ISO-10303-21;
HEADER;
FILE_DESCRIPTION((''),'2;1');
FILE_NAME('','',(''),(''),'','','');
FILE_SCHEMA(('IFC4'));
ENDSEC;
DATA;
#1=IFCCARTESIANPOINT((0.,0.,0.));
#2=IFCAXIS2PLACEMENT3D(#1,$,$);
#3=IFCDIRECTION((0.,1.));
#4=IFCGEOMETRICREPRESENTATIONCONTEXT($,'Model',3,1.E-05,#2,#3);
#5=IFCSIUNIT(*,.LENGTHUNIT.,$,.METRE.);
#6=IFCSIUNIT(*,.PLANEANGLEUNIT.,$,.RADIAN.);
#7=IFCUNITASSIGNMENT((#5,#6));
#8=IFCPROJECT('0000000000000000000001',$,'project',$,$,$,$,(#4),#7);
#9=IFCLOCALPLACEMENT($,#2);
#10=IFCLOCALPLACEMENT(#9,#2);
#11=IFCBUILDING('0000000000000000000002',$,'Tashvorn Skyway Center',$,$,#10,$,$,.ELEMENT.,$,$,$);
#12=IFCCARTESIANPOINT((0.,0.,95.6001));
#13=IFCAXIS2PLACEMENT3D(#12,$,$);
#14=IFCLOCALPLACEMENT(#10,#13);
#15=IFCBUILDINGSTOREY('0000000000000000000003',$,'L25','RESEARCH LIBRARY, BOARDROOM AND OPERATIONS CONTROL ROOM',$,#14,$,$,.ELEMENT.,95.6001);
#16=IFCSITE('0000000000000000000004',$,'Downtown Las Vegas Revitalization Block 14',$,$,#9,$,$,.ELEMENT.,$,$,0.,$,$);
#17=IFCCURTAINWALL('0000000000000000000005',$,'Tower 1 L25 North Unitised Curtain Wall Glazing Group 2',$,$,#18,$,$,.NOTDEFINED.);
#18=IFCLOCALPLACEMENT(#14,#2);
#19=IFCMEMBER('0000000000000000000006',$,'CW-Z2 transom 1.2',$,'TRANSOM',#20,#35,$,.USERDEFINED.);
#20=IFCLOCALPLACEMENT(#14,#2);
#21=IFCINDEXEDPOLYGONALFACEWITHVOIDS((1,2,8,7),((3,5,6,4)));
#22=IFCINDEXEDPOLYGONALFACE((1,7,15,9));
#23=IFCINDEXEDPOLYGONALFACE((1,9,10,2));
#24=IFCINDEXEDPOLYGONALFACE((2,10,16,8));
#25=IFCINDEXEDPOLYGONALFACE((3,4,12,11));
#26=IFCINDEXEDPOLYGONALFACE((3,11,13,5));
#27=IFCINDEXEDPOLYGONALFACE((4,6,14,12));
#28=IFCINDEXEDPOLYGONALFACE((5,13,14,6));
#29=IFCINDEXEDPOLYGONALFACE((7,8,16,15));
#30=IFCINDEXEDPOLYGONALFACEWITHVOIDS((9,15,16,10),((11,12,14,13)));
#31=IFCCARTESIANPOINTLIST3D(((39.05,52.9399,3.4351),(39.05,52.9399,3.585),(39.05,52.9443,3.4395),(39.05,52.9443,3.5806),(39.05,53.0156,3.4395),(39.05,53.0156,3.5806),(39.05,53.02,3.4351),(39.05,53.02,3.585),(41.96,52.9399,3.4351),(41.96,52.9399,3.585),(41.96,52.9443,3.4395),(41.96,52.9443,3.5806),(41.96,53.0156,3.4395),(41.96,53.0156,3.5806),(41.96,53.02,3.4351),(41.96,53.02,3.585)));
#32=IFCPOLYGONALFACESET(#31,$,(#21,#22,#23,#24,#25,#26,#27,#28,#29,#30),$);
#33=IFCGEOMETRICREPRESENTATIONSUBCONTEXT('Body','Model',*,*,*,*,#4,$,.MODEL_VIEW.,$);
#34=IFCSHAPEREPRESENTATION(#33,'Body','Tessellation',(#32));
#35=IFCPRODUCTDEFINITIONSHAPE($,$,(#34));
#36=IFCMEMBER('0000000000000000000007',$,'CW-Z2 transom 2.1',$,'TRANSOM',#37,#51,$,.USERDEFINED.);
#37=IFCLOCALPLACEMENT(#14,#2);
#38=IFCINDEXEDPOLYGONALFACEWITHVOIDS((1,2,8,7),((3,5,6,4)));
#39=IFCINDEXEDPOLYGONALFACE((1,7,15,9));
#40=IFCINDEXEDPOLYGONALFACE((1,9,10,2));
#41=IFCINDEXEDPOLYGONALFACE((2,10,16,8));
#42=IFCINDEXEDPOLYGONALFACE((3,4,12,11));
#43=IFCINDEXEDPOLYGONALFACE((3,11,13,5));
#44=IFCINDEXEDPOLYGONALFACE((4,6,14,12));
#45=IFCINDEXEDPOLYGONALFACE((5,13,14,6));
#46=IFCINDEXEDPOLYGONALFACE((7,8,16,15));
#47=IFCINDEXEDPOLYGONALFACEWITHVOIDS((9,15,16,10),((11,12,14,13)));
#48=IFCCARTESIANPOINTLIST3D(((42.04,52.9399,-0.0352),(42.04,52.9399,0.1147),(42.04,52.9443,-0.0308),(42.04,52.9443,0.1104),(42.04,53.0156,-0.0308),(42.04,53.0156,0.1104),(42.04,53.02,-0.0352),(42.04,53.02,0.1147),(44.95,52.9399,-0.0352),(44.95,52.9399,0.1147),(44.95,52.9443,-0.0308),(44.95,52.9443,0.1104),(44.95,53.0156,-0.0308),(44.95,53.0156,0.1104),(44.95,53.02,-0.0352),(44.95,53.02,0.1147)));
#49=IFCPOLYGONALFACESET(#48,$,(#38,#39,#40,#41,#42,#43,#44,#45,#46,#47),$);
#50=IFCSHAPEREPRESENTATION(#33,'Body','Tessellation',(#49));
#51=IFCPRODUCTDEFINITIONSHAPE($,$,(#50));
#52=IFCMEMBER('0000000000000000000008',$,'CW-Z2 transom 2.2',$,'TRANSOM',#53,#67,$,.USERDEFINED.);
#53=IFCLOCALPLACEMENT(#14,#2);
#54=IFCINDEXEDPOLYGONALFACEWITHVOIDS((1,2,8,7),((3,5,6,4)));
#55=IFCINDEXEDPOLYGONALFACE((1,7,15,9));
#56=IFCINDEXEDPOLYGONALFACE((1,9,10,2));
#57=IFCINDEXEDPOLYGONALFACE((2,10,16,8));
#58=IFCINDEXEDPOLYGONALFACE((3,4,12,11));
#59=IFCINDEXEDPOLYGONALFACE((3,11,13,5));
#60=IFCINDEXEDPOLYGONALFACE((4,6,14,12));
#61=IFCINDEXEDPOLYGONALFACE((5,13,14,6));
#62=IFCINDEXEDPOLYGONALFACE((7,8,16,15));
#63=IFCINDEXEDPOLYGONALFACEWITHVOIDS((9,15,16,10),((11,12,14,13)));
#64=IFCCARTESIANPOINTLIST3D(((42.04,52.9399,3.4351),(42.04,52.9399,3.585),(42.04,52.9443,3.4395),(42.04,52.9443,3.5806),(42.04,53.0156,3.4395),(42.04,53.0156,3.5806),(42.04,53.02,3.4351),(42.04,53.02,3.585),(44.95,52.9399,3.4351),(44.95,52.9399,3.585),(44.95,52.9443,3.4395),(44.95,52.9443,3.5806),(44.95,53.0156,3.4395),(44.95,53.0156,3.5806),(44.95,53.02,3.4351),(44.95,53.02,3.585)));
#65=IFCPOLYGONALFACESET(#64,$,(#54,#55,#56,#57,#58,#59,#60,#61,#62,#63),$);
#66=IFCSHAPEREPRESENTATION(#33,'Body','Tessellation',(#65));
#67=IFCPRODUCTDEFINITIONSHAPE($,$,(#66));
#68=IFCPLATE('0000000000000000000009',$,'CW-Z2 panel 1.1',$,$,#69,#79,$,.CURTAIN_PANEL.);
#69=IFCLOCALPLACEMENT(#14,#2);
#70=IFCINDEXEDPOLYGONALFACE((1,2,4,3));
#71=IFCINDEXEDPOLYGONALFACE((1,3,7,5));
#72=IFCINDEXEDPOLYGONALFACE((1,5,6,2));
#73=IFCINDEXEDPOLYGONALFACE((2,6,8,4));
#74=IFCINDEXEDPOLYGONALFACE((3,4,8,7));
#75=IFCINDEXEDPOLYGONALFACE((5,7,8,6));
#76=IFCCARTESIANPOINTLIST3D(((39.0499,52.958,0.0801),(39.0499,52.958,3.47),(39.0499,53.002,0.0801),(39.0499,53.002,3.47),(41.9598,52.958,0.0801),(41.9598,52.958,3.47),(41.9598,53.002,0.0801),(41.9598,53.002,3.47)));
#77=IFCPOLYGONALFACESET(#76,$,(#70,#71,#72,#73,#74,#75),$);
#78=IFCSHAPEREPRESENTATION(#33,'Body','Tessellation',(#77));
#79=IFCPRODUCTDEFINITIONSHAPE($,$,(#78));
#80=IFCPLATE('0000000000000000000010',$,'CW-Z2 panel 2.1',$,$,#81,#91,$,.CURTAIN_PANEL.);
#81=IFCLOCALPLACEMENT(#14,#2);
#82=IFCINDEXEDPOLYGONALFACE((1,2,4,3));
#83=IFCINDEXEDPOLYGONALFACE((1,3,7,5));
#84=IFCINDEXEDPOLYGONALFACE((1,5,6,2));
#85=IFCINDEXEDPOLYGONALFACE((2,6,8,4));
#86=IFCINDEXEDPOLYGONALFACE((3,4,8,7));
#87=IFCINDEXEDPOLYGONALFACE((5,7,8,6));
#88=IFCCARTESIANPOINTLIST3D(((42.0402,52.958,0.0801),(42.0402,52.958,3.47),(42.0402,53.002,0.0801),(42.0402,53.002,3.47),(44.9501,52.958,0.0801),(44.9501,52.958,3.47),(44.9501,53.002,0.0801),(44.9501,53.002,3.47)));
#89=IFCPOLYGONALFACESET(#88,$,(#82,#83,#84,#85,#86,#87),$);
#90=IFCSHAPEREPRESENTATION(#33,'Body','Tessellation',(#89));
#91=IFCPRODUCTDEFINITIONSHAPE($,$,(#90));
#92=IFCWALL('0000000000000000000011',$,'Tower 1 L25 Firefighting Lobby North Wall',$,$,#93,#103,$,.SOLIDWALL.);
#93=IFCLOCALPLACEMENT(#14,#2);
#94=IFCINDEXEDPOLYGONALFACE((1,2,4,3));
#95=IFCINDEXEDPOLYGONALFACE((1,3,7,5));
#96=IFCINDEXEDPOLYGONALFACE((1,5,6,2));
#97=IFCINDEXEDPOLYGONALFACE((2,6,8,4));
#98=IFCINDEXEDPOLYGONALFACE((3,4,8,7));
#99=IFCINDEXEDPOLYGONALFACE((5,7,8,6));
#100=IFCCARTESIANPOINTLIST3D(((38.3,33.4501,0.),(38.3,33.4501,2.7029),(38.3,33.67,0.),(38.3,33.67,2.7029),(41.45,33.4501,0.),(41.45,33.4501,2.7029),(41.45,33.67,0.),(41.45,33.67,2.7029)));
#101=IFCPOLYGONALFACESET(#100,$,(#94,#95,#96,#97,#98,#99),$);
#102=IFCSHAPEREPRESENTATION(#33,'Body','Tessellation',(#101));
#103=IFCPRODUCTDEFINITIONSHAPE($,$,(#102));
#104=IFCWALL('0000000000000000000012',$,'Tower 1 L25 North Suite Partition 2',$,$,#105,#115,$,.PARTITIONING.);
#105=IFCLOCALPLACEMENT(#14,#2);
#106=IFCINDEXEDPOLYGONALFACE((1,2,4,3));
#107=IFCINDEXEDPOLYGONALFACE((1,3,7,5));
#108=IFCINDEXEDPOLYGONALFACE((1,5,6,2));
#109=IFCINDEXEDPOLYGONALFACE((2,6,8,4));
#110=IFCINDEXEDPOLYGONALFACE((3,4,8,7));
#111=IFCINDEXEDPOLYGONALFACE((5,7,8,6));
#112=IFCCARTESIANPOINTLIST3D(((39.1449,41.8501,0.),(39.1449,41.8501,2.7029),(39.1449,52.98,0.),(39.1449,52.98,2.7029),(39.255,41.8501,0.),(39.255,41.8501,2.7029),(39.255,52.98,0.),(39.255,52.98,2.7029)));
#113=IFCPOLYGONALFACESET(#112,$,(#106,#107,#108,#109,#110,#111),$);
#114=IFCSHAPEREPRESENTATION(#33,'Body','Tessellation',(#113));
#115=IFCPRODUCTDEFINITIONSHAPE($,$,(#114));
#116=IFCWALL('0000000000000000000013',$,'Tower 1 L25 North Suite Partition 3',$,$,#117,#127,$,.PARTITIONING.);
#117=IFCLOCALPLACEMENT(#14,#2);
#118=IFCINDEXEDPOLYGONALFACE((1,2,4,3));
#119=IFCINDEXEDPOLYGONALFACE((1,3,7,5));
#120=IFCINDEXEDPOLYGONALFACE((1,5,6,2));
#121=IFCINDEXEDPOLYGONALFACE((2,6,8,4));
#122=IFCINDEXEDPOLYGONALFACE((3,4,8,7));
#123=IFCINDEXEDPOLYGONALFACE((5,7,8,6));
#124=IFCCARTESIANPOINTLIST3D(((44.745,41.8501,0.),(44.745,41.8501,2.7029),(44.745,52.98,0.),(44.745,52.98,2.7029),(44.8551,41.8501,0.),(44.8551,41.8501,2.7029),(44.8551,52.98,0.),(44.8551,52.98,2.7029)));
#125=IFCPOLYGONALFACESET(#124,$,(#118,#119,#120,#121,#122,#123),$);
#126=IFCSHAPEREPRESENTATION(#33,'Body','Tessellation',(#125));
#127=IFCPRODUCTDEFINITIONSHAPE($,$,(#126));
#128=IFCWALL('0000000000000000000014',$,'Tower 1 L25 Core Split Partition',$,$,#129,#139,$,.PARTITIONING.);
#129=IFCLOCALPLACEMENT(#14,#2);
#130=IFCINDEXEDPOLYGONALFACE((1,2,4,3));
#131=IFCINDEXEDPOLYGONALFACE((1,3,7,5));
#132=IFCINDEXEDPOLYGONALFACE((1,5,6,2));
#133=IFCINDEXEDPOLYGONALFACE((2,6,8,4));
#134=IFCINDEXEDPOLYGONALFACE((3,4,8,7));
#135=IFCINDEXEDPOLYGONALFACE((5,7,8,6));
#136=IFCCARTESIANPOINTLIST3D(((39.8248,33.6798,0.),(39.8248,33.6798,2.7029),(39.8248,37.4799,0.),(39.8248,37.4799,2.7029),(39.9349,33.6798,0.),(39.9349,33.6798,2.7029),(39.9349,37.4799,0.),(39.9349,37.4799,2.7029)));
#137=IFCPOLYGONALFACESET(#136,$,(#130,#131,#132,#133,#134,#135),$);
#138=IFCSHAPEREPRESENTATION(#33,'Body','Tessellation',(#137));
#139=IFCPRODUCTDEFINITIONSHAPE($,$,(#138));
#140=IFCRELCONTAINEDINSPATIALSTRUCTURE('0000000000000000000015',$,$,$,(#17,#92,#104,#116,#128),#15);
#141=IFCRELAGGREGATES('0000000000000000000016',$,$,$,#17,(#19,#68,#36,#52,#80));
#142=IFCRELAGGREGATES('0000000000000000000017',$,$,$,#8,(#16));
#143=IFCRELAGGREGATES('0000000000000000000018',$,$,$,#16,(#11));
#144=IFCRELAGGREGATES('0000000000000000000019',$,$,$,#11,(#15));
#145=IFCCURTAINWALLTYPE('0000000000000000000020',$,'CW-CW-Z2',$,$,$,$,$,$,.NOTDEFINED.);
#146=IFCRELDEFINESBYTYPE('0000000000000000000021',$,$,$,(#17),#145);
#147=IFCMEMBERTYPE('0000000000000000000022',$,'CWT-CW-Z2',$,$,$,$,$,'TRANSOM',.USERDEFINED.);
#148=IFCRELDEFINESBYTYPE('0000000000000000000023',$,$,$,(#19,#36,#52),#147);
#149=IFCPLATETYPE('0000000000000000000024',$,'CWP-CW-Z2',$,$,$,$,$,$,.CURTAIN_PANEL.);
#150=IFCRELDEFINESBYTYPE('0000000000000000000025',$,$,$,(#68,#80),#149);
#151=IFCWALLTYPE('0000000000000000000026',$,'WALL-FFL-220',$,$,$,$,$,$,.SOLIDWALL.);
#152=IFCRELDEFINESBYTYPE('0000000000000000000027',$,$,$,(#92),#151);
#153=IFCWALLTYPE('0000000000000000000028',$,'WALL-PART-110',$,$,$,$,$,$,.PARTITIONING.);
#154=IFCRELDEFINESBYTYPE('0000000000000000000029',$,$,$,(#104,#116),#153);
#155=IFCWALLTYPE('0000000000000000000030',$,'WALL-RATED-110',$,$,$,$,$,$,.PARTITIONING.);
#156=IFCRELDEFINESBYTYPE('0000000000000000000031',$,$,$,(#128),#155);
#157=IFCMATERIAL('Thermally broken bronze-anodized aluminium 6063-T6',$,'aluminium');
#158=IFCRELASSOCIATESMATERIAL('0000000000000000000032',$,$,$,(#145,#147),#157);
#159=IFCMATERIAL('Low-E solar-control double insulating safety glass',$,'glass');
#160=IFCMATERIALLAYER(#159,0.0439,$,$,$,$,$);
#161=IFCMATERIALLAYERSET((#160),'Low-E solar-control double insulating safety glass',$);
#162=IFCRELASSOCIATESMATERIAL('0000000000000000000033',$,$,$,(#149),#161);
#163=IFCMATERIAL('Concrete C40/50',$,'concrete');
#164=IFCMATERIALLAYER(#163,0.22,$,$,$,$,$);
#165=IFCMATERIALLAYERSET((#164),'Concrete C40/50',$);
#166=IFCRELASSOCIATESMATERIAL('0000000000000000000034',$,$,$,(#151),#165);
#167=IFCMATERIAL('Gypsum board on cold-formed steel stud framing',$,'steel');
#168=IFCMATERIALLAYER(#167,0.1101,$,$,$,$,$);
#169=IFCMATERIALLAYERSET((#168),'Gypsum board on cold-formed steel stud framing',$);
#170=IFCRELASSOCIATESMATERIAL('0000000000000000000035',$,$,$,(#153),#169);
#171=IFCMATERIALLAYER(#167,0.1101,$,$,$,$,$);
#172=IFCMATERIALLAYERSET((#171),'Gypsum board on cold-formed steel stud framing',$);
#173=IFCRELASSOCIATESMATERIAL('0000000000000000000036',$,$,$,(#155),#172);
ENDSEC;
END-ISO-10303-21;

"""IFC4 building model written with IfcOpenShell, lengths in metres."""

from ifc_helpers import new_model, si_unit, direction, frame, frame_2d, origin, origin_2d, place, context, subcontext, project, spatial, rectangle, hollow_rectangle, extrude, material, layer, layer_set, material_profile, profile_set, type_object, element, aggregate, save


model = new_model("IFC4")

# Units and contexts
model_context = context("Model", 3, precision=1e-05, world=origin(), true_north=direction((0.0, 1.0)))
body_context = subcontext(model_context, "Body", "Model", "MODEL_VIEW")
ifc_project = project(units=[si_unit("LENGTHUNIT", "METRE"), si_unit("PLANEANGLEUNIT", "RADIAN")], contexts=[model_context])

# Site, building, storey
site_placement = place(None, origin())
site = spatial("IfcSite", under=ifc_project, at=site_placement, Name="Downtown Las Vegas Revitalization Block 14", CompositionType="ELEMENT", RefElevation=0.0)
building_placement = place(site_placement, origin())
building = spatial("IfcBuilding", under=site, at=building_placement, Name="Tashvorn Skyway Center", CompositionType="ELEMENT")
storey_placement = place(building_placement, frame((0.0, 0.0, 95.6001)))
storey = spatial("IfcBuildingStorey", under=building, at=storey_placement, Name="L25", Description="RESEARCH LIBRARY, BOARDROOM AND OPERATIONS CONTROL ROOM", CompositionType="ELEMENT", Elevation=95.6001)

# Curtain wall, members, plates
ifc_material_1 = material(Name="Thermally broken bronze-anodized aluminium 6063-T6", Category="aluminium")
curtain_wall_type = type_object("IfcCurtainWallType", Name="CW-CW-Z2", PredefinedType="NOTDEFINED", material=ifc_material_1)
curtain_wall_placement = place(storey_placement, origin())
curtain_wall = element("IfcCurtainWall", 1, at=curtain_wall_placement, inside=storey, type_object=curtain_wall_type, Name="Tower 1 L25 North Unitised Curtain Wall Glazing Group 2", PredefinedType="NOTDEFINED")
ifc_material_profile_1 = material_profile(ifc_material_1, hollow_rectangle(XDim=0.0801, YDim=0.1499, WallThickness=0.0044, at=origin_2d()), Name="ALU-TRAN-80x150")
ifc_profile_set_1 = profile_set([ifc_material_profile_1], Name="Thermally broken bronze-anodized aluminium 6063-T6")
member_type_1 = type_object("IfcMemberType", Name="CWT-CW-Z2", ElementType="TRANSOM", PredefinedType="USERDEFINED", material=ifc_profile_set_1)
member_1_placement = place(storey_placement, frame((39.05, 52.98, 3.51), z_axis=(1.0, 0.0, 0.0), x_axis=(0.0, 1.0, 0.0)))
member_1 = element("IfcMember", 2, at=member_1_placement, type_object=member_type_1, Name="CW-Z2 transom 1.2", ObjectType="TRANSOM", PredefinedType="USERDEFINED", context=body_context, shape_type="SweptSolid", body=[
    extrude(hollow_rectangle(XDim=0.0801, YDim=0.1499, WallThickness=0.0044, at=origin_2d()), origin(), (0.0, 0.0, 1.0), 2.9099),
])
member_2_placement = place(storey_placement, frame((42.04, 52.98, 0.0398), z_axis=(1.0, 0.0, 0.0), x_axis=(0.0, 1.0, 0.0)))
member_2 = element("IfcMember", 3, at=member_2_placement, type_object=member_type_1, Name="CW-Z2 transom 2.1", ObjectType="TRANSOM", PredefinedType="USERDEFINED", context=body_context, shape_type="SweptSolid", body=[
    extrude(hollow_rectangle(XDim=0.0801, YDim=0.1499, WallThickness=0.0044, at=origin_2d()), origin(), (0.0, 0.0, 1.0), 2.9099),
])
member_3_placement = place(storey_placement, frame((42.04, 52.98, 3.51), z_axis=(1.0, 0.0, 0.0), x_axis=(0.0, 1.0, 0.0)))
member_3 = element("IfcMember", 4, at=member_3_placement, type_object=member_type_1, Name="CW-Z2 transom 2.2", ObjectType="TRANSOM", PredefinedType="USERDEFINED", context=body_context, shape_type="SweptSolid", body=[
    extrude(hollow_rectangle(XDim=0.0801, YDim=0.1499, WallThickness=0.0044, at=origin_2d()), origin(), (0.0, 0.0, 1.0), 2.9099),
])
ifc_material_2 = material(Name="Low-E solar-control double insulating safety glass", Category="glass")
ifc_layer_1 = layer(ifc_material_2, 0.0439)
ifc_layer_set_1 = layer_set([ifc_layer_1], Name="Low-E solar-control double insulating safety glass")
plate_type = type_object("IfcPlateType", Name="CWP-CW-Z2", PredefinedType="CURTAIN_PANEL", material=ifc_layer_set_1)
plate_1_placement = place(storey_placement, frame((40.5049, 52.98, 0.0801), z_axis=(0.0, 0.0, 1.0), x_axis=(1.0, 0.0, 0.0)))
plate_1 = element("IfcPlate", 5, at=plate_1_placement, type_object=plate_type, Name="CW-Z2 panel 1.1", PredefinedType="CURTAIN_PANEL", context=body_context, shape_type="SweptSolid", body=[
    extrude(rectangle(XDim=2.9099, YDim=0.0439, at=origin_2d()), origin(), (0.0, 0.0, 1.0), 3.3899),
])
plate_2_placement = place(storey_placement, frame((43.4951, 52.98, 0.0801), z_axis=(0.0, 0.0, 1.0), x_axis=(1.0, 0.0, 0.0)))
plate_2 = element("IfcPlate", 6, at=plate_2_placement, type_object=plate_type, Name="CW-Z2 panel 2.1", PredefinedType="CURTAIN_PANEL", context=body_context, shape_type="SweptSolid", body=[
    extrude(rectangle(XDim=2.9099, YDim=0.0439, at=origin_2d()), origin(), (0.0, 0.0, 1.0), 3.3899),
])
aggregate(curtain_wall, [member_1, plate_1, member_2, member_3, plate_2])

# Walls
ifc_material_3 = material(Name="Concrete C40/50", Category="concrete")
ifc_layer_2 = layer(ifc_material_3, 0.22)
ifc_layer_set_2 = layer_set([ifc_layer_2], Name="Concrete C40/50")
wall_type_1 = type_object("IfcWallType", Name="WALL-FFL-220", PredefinedType="SOLIDWALL", material=ifc_layer_set_2)
wall_1_placement = place(storey_placement, frame((38.3, 33.5601, 0.0), z_axis=(0.0, 0.0, 1.0), x_axis=(1.0, 0.0, 0.0)))
element("IfcWall", 7, at=wall_1_placement, inside=storey, type_object=wall_type_1, Name="Tower 1 L25 Firefighting Lobby North Wall", PredefinedType="SOLIDWALL", context=body_context, shape_type="SweptSolid", body=[
    extrude(rectangle(XDim=3.1499, YDim=0.22, at=frame_2d((1.575, 0.0))), origin(), (0.0, 0.0, 1.0), 2.7029),
])
ifc_material_4 = material(Name="Gypsum board on cold-formed steel stud framing", Category="steel")
ifc_layer_3 = layer(ifc_material_4, 0.1101)
ifc_layer_set_3 = layer_set([ifc_layer_3], Name="Gypsum board on cold-formed steel stud framing")
wall_type_2 = type_object("IfcWallType", Name="WALL-PART-110", PredefinedType="PARTITIONING", material=ifc_layer_set_3)
for number, where, z_axis, x_axis, name in (
    (8, (39.2, 41.8501, 0.0), (0.0, 0.0, 1.0), (0.0, 1.0, 0.0), "Tower 1 L25 North Suite Partition 2"),
    (9, (44.8, 41.8501, 0.0), (0.0, 0.0, 1.0), (0.0, 1.0, 0.0), "Tower 1 L25 North Suite Partition 3"),
):
    element("IfcWall", number, at=place(storey_placement, frame(where, z_axis=z_axis, x_axis=x_axis)), inside=storey, type_object=wall_type_2, Name=name, PredefinedType="PARTITIONING", context=body_context, shape_type="SweptSolid", body=[
        extrude(rectangle(XDim=11.1299, YDim=0.1101, at=frame_2d((5.5649, 0.0))), origin(), (0.0, 0.0, 1.0), 2.7029),
    ])
ifc_layer_4 = layer(ifc_material_4, 0.1101)
ifc_layer_set_4 = layer_set([ifc_layer_4], Name="Gypsum board on cold-formed steel stud framing")
wall_type_3 = type_object("IfcWallType", Name="WALL-RATED-110", PredefinedType="PARTITIONING", material=ifc_layer_set_4)
wall_2_placement = place(storey_placement, frame((39.8799, 33.6799, 0.0), z_axis=(0.0, 0.0, 1.0), x_axis=(0.0, 1.0, 0.0)))
element("IfcWall", 10, at=wall_2_placement, inside=storey, type_object=wall_type_3, Name="Tower 1 L25 Core Split Partition", PredefinedType="PARTITIONING", context=body_context, shape_type="SweptSolid", body=[
    extrude(rectangle(XDim=3.8, YDim=0.1101, at=frame_2d((1.8999, 0.0))), origin(), (0.0, 0.0, 1.0), 2.7029),
])

save(model, "model.ifc")
